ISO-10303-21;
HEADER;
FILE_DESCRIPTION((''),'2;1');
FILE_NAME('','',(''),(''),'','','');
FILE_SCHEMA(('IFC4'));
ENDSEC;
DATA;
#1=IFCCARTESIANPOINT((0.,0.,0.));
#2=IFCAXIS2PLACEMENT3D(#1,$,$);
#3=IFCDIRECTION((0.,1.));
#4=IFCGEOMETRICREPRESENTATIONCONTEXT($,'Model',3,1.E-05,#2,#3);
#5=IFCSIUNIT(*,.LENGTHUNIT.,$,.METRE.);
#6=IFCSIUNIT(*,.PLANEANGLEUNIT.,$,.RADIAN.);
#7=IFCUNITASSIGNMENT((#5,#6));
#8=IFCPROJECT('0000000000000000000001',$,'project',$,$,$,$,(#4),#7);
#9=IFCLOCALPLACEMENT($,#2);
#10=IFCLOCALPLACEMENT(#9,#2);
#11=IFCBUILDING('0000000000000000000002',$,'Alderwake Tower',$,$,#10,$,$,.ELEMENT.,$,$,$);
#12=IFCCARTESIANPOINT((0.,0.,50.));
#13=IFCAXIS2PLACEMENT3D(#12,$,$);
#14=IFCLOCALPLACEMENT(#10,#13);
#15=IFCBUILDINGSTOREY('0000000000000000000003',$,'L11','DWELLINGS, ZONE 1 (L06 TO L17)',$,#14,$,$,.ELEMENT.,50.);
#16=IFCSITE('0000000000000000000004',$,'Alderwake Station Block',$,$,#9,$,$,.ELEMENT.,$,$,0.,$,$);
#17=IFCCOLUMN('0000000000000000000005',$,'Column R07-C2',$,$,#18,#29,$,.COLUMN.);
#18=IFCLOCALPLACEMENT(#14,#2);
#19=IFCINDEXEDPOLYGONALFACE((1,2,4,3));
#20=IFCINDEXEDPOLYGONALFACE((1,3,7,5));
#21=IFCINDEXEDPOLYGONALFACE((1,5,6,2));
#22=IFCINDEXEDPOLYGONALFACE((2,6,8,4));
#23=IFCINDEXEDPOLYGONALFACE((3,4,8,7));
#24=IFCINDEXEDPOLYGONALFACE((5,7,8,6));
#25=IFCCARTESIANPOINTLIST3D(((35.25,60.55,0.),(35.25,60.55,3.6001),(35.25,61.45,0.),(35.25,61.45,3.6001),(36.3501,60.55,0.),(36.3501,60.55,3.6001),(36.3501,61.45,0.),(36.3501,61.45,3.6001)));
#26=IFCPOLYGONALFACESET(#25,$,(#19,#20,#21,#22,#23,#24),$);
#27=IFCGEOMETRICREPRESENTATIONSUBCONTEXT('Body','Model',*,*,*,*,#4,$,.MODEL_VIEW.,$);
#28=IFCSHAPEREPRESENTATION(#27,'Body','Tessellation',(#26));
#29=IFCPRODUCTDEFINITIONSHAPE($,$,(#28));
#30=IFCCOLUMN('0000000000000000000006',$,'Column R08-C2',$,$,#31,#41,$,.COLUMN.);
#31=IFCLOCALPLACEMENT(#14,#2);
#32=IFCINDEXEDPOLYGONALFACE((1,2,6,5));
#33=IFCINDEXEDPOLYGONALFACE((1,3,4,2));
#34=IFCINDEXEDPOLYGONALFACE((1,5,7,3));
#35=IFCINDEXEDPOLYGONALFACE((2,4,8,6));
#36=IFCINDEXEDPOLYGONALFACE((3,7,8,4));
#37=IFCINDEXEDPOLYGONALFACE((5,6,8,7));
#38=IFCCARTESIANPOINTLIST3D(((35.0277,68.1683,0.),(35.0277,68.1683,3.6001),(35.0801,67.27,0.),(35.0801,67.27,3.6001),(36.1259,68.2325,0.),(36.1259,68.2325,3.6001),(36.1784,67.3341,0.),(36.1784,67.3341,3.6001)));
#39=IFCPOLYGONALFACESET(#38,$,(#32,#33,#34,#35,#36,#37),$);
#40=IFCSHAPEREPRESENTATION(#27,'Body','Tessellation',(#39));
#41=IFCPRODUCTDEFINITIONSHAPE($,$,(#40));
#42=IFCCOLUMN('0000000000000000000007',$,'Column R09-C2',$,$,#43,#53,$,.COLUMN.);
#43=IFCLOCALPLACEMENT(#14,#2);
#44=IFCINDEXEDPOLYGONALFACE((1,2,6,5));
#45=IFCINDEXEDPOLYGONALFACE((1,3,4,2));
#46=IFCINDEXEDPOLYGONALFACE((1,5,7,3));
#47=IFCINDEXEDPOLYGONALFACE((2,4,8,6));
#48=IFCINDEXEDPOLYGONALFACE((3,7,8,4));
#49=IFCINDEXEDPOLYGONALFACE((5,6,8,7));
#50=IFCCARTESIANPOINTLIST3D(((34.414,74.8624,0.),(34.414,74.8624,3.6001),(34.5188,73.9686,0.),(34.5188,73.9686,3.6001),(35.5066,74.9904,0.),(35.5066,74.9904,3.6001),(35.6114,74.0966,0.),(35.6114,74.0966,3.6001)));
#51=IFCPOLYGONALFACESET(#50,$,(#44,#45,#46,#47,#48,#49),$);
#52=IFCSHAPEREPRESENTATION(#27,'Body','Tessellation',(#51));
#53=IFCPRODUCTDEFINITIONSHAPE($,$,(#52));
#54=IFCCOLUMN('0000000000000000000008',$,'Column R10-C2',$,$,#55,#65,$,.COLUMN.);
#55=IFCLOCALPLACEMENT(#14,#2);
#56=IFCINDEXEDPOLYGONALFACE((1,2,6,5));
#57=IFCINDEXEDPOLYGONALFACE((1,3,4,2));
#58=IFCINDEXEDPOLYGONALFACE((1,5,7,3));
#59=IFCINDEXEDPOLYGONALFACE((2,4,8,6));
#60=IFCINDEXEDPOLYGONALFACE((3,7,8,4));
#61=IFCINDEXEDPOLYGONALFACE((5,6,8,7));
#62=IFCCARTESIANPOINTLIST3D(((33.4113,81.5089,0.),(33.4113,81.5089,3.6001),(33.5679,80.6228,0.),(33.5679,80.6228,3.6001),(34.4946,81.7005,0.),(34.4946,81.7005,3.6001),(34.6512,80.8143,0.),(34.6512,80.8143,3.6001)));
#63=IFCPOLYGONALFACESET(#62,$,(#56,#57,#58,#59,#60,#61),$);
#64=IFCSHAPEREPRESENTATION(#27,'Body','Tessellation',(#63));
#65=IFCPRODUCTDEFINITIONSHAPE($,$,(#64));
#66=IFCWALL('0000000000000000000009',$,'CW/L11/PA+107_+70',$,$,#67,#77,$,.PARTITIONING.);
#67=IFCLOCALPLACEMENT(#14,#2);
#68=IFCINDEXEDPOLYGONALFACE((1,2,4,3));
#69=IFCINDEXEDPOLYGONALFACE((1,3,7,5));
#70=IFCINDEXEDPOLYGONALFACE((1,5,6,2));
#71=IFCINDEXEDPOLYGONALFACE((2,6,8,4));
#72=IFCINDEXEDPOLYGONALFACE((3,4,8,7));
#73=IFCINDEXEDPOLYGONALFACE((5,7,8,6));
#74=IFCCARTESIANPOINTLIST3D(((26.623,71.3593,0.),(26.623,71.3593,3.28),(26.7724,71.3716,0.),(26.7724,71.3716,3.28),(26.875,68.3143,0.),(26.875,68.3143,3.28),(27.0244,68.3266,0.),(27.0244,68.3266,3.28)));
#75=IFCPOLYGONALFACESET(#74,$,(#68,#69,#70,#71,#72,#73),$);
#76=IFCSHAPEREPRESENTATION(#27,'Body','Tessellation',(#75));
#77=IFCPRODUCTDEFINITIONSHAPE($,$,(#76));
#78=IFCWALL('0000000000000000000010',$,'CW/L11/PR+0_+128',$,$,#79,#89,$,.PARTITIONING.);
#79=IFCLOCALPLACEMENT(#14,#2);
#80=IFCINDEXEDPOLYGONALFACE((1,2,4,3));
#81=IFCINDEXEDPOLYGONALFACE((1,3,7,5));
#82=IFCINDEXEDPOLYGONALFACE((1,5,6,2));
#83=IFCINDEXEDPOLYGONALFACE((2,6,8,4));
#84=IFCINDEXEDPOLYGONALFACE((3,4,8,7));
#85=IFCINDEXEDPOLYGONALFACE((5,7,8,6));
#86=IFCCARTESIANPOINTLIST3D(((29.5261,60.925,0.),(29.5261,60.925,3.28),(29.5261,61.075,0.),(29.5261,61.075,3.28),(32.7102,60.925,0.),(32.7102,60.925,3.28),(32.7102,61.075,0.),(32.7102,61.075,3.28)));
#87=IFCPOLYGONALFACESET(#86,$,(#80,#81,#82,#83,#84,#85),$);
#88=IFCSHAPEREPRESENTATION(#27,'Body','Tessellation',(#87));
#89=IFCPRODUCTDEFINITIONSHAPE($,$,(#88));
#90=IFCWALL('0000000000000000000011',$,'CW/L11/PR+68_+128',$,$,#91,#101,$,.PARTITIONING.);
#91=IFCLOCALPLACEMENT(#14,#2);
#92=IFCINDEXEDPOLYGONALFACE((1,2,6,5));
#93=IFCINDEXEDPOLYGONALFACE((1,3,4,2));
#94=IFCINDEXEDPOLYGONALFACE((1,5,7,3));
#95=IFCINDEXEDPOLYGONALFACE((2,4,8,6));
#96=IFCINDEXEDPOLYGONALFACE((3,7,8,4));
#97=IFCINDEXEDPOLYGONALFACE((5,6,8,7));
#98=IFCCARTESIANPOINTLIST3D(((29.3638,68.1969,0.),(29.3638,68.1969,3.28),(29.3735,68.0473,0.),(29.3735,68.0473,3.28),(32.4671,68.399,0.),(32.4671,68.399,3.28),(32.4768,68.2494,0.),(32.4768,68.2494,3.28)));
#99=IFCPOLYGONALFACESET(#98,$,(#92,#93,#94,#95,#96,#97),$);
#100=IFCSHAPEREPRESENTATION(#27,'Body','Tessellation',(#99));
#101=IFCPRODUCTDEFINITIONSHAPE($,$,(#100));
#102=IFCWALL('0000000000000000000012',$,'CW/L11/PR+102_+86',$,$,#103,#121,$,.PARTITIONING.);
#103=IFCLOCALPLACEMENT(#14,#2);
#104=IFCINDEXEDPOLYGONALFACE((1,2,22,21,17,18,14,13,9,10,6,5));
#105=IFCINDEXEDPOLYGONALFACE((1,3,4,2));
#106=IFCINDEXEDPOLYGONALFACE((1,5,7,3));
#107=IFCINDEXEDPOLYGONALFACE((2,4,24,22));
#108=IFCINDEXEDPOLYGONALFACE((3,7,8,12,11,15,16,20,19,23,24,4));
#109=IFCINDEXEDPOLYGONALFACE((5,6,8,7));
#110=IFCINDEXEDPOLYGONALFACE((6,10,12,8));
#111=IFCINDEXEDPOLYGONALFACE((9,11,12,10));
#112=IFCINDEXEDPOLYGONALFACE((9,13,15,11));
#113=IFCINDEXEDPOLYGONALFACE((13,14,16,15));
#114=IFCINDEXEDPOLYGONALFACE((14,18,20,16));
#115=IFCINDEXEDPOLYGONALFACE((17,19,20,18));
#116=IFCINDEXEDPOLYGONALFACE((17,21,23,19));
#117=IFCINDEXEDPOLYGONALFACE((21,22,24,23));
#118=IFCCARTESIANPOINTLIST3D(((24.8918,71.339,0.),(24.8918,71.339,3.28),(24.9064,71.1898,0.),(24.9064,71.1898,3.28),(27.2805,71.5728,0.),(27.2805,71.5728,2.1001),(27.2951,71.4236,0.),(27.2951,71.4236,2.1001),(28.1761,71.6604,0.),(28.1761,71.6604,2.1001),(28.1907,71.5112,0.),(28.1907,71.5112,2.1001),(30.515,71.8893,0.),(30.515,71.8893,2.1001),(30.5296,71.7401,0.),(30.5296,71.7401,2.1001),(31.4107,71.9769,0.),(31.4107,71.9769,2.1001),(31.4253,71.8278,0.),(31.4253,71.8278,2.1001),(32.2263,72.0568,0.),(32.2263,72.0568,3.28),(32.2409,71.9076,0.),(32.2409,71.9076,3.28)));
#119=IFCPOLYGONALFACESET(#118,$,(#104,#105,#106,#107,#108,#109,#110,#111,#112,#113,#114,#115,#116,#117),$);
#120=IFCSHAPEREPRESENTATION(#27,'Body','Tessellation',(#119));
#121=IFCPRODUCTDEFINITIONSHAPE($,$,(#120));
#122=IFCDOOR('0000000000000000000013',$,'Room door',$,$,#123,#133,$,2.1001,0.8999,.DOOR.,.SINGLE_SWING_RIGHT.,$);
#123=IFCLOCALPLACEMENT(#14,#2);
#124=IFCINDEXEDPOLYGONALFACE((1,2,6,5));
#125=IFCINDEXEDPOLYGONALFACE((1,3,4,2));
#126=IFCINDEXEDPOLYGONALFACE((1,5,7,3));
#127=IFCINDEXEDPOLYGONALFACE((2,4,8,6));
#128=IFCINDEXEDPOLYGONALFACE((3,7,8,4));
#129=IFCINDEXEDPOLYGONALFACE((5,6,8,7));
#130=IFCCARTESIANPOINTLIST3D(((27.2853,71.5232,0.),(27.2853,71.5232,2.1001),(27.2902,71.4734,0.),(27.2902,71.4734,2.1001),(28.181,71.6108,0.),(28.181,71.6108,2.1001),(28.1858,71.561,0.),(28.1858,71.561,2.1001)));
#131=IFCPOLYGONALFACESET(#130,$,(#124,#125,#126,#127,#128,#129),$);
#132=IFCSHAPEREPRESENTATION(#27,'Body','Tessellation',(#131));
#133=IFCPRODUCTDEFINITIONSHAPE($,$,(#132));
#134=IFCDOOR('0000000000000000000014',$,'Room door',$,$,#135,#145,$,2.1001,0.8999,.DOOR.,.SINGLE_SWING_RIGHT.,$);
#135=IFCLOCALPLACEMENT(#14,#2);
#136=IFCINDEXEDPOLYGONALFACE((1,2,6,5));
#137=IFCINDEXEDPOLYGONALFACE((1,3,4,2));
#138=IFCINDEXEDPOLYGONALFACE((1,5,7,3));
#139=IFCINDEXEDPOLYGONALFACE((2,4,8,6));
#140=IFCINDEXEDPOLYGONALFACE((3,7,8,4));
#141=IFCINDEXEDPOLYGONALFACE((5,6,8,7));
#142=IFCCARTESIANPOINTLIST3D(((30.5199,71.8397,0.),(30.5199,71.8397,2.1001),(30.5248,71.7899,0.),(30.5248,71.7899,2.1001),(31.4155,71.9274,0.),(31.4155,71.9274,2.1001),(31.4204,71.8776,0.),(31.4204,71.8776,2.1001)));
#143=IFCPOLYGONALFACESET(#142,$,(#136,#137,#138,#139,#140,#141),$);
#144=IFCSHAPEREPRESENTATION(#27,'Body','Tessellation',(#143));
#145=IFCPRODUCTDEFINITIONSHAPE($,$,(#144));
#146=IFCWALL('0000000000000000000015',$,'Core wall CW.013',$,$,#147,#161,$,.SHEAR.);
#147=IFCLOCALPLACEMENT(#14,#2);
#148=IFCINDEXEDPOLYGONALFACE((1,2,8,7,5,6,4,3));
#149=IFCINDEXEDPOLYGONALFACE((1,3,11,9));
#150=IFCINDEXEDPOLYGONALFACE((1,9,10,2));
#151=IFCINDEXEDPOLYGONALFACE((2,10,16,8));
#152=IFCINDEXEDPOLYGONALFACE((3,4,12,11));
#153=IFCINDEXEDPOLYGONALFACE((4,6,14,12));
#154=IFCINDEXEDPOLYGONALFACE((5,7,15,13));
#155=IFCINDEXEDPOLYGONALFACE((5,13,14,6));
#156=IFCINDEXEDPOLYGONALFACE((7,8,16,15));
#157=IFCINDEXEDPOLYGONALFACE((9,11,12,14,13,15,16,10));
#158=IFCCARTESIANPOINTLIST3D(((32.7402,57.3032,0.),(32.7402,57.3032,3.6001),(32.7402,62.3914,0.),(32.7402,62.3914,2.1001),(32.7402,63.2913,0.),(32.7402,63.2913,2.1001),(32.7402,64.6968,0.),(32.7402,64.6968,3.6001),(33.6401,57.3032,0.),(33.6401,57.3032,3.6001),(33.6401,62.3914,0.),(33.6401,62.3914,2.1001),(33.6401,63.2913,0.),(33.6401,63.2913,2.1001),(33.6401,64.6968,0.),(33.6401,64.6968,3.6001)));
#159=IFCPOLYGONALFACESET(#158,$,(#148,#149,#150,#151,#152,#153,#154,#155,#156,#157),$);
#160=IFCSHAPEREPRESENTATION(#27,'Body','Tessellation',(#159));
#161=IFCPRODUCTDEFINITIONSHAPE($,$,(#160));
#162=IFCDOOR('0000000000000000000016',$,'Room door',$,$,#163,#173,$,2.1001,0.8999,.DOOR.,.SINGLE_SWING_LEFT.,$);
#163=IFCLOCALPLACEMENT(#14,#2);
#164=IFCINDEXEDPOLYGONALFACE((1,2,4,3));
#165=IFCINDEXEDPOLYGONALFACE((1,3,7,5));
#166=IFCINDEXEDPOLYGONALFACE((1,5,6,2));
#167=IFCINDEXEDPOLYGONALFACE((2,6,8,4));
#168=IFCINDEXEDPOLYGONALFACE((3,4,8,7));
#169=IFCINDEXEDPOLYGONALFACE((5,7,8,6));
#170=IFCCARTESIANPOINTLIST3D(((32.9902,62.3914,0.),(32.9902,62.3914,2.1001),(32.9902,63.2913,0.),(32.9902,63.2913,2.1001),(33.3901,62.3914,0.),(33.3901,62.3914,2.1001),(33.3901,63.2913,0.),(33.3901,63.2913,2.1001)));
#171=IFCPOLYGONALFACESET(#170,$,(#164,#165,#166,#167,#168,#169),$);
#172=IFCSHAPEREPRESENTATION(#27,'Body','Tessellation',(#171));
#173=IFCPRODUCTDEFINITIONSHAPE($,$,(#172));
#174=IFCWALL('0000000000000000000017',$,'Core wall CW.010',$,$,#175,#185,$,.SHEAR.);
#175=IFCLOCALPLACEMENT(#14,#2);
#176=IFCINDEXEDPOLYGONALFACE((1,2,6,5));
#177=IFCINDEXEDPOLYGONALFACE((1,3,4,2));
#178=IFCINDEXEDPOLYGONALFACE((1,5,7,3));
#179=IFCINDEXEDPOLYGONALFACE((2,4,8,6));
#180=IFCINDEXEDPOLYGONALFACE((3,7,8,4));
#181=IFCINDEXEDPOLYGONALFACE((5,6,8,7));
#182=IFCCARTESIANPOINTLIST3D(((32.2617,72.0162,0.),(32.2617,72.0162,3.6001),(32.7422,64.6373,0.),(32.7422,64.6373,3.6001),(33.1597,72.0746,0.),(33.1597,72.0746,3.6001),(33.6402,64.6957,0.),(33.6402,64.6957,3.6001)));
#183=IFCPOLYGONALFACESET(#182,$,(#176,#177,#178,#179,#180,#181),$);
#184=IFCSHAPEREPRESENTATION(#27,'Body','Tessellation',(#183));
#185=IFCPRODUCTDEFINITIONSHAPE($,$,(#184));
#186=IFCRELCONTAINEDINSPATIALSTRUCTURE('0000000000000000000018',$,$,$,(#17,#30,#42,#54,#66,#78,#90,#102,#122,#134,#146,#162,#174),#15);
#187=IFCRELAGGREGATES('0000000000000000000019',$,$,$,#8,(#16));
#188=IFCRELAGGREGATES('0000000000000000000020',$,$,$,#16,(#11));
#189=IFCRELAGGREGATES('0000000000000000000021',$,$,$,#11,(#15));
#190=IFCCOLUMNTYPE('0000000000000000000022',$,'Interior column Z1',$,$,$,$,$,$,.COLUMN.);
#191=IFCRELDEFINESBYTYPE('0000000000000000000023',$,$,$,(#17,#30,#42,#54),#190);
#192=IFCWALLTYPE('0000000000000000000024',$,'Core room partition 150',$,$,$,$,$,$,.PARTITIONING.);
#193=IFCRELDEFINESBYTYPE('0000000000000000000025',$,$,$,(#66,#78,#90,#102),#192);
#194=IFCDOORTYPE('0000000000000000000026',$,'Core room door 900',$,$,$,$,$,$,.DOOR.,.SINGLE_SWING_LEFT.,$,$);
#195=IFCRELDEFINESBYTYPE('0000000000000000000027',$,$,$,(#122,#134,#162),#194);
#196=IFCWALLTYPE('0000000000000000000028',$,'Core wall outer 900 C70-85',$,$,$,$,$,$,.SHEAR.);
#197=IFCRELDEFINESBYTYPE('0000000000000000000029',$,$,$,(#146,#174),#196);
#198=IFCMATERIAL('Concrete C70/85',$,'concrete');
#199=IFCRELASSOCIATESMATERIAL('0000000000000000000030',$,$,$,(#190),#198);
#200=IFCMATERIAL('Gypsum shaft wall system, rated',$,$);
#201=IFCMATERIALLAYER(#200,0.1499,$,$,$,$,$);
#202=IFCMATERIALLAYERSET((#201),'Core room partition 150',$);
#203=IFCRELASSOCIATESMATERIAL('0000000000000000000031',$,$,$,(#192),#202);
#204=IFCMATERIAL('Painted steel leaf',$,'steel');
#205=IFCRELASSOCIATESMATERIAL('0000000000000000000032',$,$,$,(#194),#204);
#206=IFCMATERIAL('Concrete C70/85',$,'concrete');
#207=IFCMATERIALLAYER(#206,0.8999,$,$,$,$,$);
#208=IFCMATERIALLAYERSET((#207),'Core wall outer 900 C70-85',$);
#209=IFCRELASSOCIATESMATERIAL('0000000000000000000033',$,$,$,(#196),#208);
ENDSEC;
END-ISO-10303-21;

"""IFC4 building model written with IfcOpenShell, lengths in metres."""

from ifc_helpers import new_model, si_unit, direction, frame, frame_2d, origin, origin_2d, place, context, subcontext, project, spatial, rectangle, extrude, material, layer, layer_set, material_profile, profile_set, type_object, element, fill, save


model = new_model("IFC4")

# Units and contexts
model_context = context("Model", 3, precision=1e-05, world=origin(), true_north=direction((0.0, 1.0)))
body_context = subcontext(model_context, "Body", "Model", "MODEL_VIEW")
ifc_project = project(units=[si_unit("LENGTHUNIT", "METRE"), si_unit("PLANEANGLEUNIT", "RADIAN")], contexts=[model_context])

# Site, building, storey
site_placement = place(None, origin())
site = spatial("IfcSite", under=ifc_project, at=site_placement, Name="Alderwake Station Block", CompositionType="ELEMENT", RefElevation=0.0)
building_placement = place(site_placement, origin())
building = spatial("IfcBuilding", under=site, at=building_placement, Name="Alderwake Tower", CompositionType="ELEMENT")
storey_placement = place(building_placement, frame((0.0, 0.0, 50.0)))
storey = spatial("IfcBuildingStorey", under=building, at=storey_placement, Name="L11", Description="DWELLINGS, ZONE 1 (L06 TO L17)", CompositionType="ELEMENT", Elevation=50.0)

# Columns
ifc_material_1 = material(Name="Concrete C70/85", Category="concrete")
ifc_material_profile = material_profile(ifc_material_1, rectangle(XDim=0.8999, YDim=1.1001, at=origin_2d()), Name="RC 1100X900")
ifc_profile_set = profile_set([ifc_material_profile], Name="Concrete C70/85")
column_type = type_object("IfcColumnType", Name="Interior column Z1", PredefinedType="COLUMN", material=ifc_profile_set)
for number, where, z_axis, x_axis, name in (
    (1, (35.8, 61.0, 0.0), (0.0, 0.0, 1.0), (0.0, 1.0, 0.0), "Column R07-C2"),
    (2, (35.603, 67.7512, 0.0), (0.0, 0.0, 1.0), (-0.058301, 0.998299, 0.0), "Column R08-C2"),
    (3, (35.0127, 74.4795, 0.0), (0.0, 0.0, 1.0), (-0.116402, 0.993202, 0.0), "Column R09-C2"),
    (4, (34.0312, 81.1616, 0.0), (0.0, 0.0, 1.0), (-0.174109, 0.984726, 0.0), "Column R10-C2"),
):
    element("IfcColumn", number, at=place(storey_placement, frame(where, z_axis=z_axis, x_axis=x_axis)), inside=storey, type_object=column_type, Name=name, PredefinedType="COLUMN", context=body_context, shape_type="SweptSolid", body=[
        extrude(rectangle(XDim=0.8999, YDim=1.1001, at=origin_2d()), origin(), (0.0, 0.0, 1.0), 3.6001),
    ])

# Walls
ifc_material_2 = material(Name="Gypsum shaft wall system, rated")
ifc_layer_1 = layer(ifc_material_2, 0.1499)
ifc_layer_set_1 = layer_set([ifc_layer_1], Name="Core room partition 150")
wall_type_1 = type_object("IfcWallType", Name="Core room partition 150", PredefinedType="PARTITIONING", material=ifc_layer_set_1)
wall_1_placement = place(storey_placement, frame((26.9497, 68.3203, 0.0), z_axis=(0.0, 0.0, 1.0), x_axis=(-0.082464, 0.996594, 0.0)))
element("IfcWall", 5, at=wall_1_placement, inside=storey, type_object=wall_type_1, Name="CW/L11/PA+107_+70", PredefinedType="PARTITIONING", context=body_context, shape_type="SweptSolid", body=[
    extrude(rectangle(XDim=3.0554, YDim=0.1499, at=frame_2d((1.5278, 0.0))), origin(), (0.0, 0.0, 1.0), 3.28),
])
wall_2_placement = place(storey_placement, frame((29.5261, 61.0, 0.0), z_axis=(0.0, 0.0, 1.0), x_axis=(1.0, 0.0, 0.0)))
element("IfcWall", 6, at=wall_2_placement, inside=storey, type_object=wall_type_1, Name="CW/L11/PR+0_+128", PredefinedType="PARTITIONING", context=body_context, shape_type="SweptSolid", body=[
    extrude(rectangle(XDim=3.1841, YDim=0.1499, at=frame_2d((1.592, 0.0))), origin(), (0.0, 0.0, 1.0), 3.28),
])
wall_3_placement = place(storey_placement, frame((29.3687, 68.1221, 0.0), z_axis=(0.0, 0.0, 1.0), x_axis=(0.997885, 0.065003, 0.0)))
element("IfcWall", 7, at=wall_3_placement, inside=storey, type_object=wall_type_1, Name="CW/L11/PR+68_+128", PredefinedType="PARTITIONING", context=body_context, shape_type="SweptSolid", body=[
    extrude(rectangle(XDim=3.1099, YDim=0.1499, at=frame_2d((1.5549, 0.0))), origin(), (0.0, 0.0, 1.0), 3.28),
])

# Wall, openings, doors
wall_4_placement = place(storey_placement, frame((32.2336, 71.9822, 0.0), z_axis=(0.0, 0.0, 1.0), x_axis=(-0.995246, -0.097398, 0.0)))
wall_4 = element("IfcWall", 8, at=wall_4_placement, inside=storey, type_object=wall_type_1, Name="CW/L11/PR+102_+86", PredefinedType="PARTITIONING", context=body_context, shape_type="SweptSolid", body=[
    extrude(rectangle(XDim=7.3696, YDim=0.1499, at=frame_2d((3.6848, 0.0))), origin(), (0.0, 0.0, 1.0), 3.28),
])
opening_1_placement = place(wall_4_placement, frame((4.0696, 0.0, 0.0)))
opening_1 = element("IfcOpeningElement", 9, at=opening_1_placement, cuts=wall_4, PredefinedType="OPENING", context=body_context, shape_type="SweptSolid", body=[
    extrude(rectangle(XDim=0.8999, YDim=2.1001, at=frame_2d((0.45, 1.05))), frame((0.0, 0.085, 0.0), z_axis=(0.0, -1.0, 0.0), x_axis=(1.0, 0.0, 0.0)), (0.0, 0.0, 1.0), 0.1699),
])
opening_2_placement = place(wall_4_placement, frame((0.8196, 0.0, 0.0)))
opening_2 = element("IfcOpeningElement", 10, at=opening_2_placement, cuts=wall_4, PredefinedType="OPENING", context=body_context, shape_type="SweptSolid", body=[
    extrude(rectangle(XDim=0.8999, YDim=2.1001, at=frame_2d((0.45, 1.05))), frame((0.0, 0.085, 0.0), z_axis=(0.0, -1.0, 0.0), x_axis=(1.0, 0.0, 0.0)), (0.0, 0.0, 1.0), 0.1699),
])
ifc_material_3 = material(Name="Painted steel leaf", Category="steel")
door_type_1 = type_object("IfcDoorType", Name="Core room door 900", OperationType="SINGLE_SWING_LEFT", PredefinedType="DOOR", material=ifc_material_3)
door_1_placement = place(opening_1_placement, origin())
door_1 = element("IfcDoor", 11, at=door_1_placement, inside=storey, type_object=door_type_1, Name="Room door", OperationType="SINGLE_SWING_RIGHT", OverallHeight=2.1001, OverallWidth=0.8999, PredefinedType="DOOR", context=body_context, shape_type="SweptSolid", body=[
    extrude(rectangle(XDim=0.8999, YDim=2.1001, at=frame_2d((0.45, 1.05))), frame((0.0, 0.0249, 0.0), z_axis=(0.0, -1.0, 0.0), x_axis=(1.0, 0.0, 0.0)), (0.0, 0.0, 1.0), 0.05),
])
fill(opening_1, door_1)
door_2_placement = place(opening_2_placement, origin())
door_2 = element("IfcDoor", 12, at=door_2_placement, inside=storey, type_object=door_type_1, Name="Room door", OperationType="SINGLE_SWING_RIGHT", OverallHeight=2.1001, OverallWidth=0.8999, PredefinedType="DOOR", context=body_context, shape_type="SweptSolid", body=[
    extrude(rectangle(XDim=0.8999, YDim=2.1001, at=frame_2d((0.45, 1.05))), frame((0.0, 0.0249, 0.0), z_axis=(0.0, -1.0, 0.0), x_axis=(1.0, 0.0, 0.0)), (0.0, 0.0, 1.0), 0.05),
])
fill(opening_2, door_2)

# Wall, opening, door
ifc_material_4 = material(Name="Concrete C70/85", Category="concrete")
ifc_layer_2 = layer(ifc_material_4, 0.8999)
ifc_layer_set_2 = layer_set([ifc_layer_2], Name="Core wall outer 900 C70-85")
wall_type_2 = type_object("IfcWallType", Name="Core wall outer 900 C70-85", PredefinedType="SHEAR", material=ifc_layer_set_2)
wall_5_placement = place(storey_placement, frame((33.1902, 64.6968, 0.0), z_axis=(0.0, 0.0, 1.0), x_axis=(0.0, -1.0, 0.0)))
wall_5 = element("IfcWall", 13, at=wall_5_placement, inside=storey, type_object=wall_type_2, Name="Core wall CW.013", PredefinedType="SHEAR", context=body_context, shape_type="SweptSolid", body=[
    extrude(rectangle(XDim=7.3936, YDim=0.8999, at=frame_2d((3.6968, 0.0))), origin(), (0.0, 0.0, 1.0), 3.6001),
])
opening_3_placement = place(wall_5_placement, frame((1.4055, 0.0, 0.0)))
opening_3 = element("IfcOpeningElement", 14, at=opening_3_placement, cuts=wall_5, PredefinedType="OPENING", context=body_context, shape_type="SweptSolid", body=[
    extrude(rectangle(XDim=0.8999, YDim=2.1001, at=frame_2d((0.45, 1.05))), frame((0.0, 0.46, 0.0), z_axis=(0.0, -1.0, 0.0), x_axis=(1.0, 0.0, 0.0)), (0.0, 0.0, 1.0), 0.9199),
])
door_3_placement = place(opening_3_placement, origin())
door_3 = element("IfcDoor", 15, at=door_3_placement, inside=storey, type_object=door_type_1, Name="Room door", OperationType="SINGLE_SWING_LEFT", OverallHeight=2.1001, OverallWidth=0.8999, PredefinedType="DOOR", context=body_context, shape_type="SweptSolid", body=[
    extrude(rectangle(XDim=0.8999, YDim=2.1001, at=frame_2d((0.45, 1.05))), frame((0.0, 0.2, 0.0), z_axis=(0.0, -1.0, 0.0), x_axis=(1.0, 0.0, 0.0)), (0.0, 0.0, 1.0), 0.3999),
])
fill(opening_3, door_3)

# Wall
wall_6_placement = place(storey_placement, frame((33.1912, 64.6665, 0.0), z_axis=(0.0, 0.0, 1.0), x_axis=(-0.064976, 0.997887, 0.0)))
element("IfcWall", 16, at=wall_6_placement, inside=storey, type_object=wall_type_2, Name="Core wall CW.010", PredefinedType="SHEAR", context=body_context, shape_type="SweptSolid", body=[
    extrude(rectangle(XDim=7.3945, YDim=0.8999, at=frame_2d((3.6973, 0.0))), origin(), (0.0, 0.0, 1.0), 3.6001),
])

save(model, "model.ifc")
